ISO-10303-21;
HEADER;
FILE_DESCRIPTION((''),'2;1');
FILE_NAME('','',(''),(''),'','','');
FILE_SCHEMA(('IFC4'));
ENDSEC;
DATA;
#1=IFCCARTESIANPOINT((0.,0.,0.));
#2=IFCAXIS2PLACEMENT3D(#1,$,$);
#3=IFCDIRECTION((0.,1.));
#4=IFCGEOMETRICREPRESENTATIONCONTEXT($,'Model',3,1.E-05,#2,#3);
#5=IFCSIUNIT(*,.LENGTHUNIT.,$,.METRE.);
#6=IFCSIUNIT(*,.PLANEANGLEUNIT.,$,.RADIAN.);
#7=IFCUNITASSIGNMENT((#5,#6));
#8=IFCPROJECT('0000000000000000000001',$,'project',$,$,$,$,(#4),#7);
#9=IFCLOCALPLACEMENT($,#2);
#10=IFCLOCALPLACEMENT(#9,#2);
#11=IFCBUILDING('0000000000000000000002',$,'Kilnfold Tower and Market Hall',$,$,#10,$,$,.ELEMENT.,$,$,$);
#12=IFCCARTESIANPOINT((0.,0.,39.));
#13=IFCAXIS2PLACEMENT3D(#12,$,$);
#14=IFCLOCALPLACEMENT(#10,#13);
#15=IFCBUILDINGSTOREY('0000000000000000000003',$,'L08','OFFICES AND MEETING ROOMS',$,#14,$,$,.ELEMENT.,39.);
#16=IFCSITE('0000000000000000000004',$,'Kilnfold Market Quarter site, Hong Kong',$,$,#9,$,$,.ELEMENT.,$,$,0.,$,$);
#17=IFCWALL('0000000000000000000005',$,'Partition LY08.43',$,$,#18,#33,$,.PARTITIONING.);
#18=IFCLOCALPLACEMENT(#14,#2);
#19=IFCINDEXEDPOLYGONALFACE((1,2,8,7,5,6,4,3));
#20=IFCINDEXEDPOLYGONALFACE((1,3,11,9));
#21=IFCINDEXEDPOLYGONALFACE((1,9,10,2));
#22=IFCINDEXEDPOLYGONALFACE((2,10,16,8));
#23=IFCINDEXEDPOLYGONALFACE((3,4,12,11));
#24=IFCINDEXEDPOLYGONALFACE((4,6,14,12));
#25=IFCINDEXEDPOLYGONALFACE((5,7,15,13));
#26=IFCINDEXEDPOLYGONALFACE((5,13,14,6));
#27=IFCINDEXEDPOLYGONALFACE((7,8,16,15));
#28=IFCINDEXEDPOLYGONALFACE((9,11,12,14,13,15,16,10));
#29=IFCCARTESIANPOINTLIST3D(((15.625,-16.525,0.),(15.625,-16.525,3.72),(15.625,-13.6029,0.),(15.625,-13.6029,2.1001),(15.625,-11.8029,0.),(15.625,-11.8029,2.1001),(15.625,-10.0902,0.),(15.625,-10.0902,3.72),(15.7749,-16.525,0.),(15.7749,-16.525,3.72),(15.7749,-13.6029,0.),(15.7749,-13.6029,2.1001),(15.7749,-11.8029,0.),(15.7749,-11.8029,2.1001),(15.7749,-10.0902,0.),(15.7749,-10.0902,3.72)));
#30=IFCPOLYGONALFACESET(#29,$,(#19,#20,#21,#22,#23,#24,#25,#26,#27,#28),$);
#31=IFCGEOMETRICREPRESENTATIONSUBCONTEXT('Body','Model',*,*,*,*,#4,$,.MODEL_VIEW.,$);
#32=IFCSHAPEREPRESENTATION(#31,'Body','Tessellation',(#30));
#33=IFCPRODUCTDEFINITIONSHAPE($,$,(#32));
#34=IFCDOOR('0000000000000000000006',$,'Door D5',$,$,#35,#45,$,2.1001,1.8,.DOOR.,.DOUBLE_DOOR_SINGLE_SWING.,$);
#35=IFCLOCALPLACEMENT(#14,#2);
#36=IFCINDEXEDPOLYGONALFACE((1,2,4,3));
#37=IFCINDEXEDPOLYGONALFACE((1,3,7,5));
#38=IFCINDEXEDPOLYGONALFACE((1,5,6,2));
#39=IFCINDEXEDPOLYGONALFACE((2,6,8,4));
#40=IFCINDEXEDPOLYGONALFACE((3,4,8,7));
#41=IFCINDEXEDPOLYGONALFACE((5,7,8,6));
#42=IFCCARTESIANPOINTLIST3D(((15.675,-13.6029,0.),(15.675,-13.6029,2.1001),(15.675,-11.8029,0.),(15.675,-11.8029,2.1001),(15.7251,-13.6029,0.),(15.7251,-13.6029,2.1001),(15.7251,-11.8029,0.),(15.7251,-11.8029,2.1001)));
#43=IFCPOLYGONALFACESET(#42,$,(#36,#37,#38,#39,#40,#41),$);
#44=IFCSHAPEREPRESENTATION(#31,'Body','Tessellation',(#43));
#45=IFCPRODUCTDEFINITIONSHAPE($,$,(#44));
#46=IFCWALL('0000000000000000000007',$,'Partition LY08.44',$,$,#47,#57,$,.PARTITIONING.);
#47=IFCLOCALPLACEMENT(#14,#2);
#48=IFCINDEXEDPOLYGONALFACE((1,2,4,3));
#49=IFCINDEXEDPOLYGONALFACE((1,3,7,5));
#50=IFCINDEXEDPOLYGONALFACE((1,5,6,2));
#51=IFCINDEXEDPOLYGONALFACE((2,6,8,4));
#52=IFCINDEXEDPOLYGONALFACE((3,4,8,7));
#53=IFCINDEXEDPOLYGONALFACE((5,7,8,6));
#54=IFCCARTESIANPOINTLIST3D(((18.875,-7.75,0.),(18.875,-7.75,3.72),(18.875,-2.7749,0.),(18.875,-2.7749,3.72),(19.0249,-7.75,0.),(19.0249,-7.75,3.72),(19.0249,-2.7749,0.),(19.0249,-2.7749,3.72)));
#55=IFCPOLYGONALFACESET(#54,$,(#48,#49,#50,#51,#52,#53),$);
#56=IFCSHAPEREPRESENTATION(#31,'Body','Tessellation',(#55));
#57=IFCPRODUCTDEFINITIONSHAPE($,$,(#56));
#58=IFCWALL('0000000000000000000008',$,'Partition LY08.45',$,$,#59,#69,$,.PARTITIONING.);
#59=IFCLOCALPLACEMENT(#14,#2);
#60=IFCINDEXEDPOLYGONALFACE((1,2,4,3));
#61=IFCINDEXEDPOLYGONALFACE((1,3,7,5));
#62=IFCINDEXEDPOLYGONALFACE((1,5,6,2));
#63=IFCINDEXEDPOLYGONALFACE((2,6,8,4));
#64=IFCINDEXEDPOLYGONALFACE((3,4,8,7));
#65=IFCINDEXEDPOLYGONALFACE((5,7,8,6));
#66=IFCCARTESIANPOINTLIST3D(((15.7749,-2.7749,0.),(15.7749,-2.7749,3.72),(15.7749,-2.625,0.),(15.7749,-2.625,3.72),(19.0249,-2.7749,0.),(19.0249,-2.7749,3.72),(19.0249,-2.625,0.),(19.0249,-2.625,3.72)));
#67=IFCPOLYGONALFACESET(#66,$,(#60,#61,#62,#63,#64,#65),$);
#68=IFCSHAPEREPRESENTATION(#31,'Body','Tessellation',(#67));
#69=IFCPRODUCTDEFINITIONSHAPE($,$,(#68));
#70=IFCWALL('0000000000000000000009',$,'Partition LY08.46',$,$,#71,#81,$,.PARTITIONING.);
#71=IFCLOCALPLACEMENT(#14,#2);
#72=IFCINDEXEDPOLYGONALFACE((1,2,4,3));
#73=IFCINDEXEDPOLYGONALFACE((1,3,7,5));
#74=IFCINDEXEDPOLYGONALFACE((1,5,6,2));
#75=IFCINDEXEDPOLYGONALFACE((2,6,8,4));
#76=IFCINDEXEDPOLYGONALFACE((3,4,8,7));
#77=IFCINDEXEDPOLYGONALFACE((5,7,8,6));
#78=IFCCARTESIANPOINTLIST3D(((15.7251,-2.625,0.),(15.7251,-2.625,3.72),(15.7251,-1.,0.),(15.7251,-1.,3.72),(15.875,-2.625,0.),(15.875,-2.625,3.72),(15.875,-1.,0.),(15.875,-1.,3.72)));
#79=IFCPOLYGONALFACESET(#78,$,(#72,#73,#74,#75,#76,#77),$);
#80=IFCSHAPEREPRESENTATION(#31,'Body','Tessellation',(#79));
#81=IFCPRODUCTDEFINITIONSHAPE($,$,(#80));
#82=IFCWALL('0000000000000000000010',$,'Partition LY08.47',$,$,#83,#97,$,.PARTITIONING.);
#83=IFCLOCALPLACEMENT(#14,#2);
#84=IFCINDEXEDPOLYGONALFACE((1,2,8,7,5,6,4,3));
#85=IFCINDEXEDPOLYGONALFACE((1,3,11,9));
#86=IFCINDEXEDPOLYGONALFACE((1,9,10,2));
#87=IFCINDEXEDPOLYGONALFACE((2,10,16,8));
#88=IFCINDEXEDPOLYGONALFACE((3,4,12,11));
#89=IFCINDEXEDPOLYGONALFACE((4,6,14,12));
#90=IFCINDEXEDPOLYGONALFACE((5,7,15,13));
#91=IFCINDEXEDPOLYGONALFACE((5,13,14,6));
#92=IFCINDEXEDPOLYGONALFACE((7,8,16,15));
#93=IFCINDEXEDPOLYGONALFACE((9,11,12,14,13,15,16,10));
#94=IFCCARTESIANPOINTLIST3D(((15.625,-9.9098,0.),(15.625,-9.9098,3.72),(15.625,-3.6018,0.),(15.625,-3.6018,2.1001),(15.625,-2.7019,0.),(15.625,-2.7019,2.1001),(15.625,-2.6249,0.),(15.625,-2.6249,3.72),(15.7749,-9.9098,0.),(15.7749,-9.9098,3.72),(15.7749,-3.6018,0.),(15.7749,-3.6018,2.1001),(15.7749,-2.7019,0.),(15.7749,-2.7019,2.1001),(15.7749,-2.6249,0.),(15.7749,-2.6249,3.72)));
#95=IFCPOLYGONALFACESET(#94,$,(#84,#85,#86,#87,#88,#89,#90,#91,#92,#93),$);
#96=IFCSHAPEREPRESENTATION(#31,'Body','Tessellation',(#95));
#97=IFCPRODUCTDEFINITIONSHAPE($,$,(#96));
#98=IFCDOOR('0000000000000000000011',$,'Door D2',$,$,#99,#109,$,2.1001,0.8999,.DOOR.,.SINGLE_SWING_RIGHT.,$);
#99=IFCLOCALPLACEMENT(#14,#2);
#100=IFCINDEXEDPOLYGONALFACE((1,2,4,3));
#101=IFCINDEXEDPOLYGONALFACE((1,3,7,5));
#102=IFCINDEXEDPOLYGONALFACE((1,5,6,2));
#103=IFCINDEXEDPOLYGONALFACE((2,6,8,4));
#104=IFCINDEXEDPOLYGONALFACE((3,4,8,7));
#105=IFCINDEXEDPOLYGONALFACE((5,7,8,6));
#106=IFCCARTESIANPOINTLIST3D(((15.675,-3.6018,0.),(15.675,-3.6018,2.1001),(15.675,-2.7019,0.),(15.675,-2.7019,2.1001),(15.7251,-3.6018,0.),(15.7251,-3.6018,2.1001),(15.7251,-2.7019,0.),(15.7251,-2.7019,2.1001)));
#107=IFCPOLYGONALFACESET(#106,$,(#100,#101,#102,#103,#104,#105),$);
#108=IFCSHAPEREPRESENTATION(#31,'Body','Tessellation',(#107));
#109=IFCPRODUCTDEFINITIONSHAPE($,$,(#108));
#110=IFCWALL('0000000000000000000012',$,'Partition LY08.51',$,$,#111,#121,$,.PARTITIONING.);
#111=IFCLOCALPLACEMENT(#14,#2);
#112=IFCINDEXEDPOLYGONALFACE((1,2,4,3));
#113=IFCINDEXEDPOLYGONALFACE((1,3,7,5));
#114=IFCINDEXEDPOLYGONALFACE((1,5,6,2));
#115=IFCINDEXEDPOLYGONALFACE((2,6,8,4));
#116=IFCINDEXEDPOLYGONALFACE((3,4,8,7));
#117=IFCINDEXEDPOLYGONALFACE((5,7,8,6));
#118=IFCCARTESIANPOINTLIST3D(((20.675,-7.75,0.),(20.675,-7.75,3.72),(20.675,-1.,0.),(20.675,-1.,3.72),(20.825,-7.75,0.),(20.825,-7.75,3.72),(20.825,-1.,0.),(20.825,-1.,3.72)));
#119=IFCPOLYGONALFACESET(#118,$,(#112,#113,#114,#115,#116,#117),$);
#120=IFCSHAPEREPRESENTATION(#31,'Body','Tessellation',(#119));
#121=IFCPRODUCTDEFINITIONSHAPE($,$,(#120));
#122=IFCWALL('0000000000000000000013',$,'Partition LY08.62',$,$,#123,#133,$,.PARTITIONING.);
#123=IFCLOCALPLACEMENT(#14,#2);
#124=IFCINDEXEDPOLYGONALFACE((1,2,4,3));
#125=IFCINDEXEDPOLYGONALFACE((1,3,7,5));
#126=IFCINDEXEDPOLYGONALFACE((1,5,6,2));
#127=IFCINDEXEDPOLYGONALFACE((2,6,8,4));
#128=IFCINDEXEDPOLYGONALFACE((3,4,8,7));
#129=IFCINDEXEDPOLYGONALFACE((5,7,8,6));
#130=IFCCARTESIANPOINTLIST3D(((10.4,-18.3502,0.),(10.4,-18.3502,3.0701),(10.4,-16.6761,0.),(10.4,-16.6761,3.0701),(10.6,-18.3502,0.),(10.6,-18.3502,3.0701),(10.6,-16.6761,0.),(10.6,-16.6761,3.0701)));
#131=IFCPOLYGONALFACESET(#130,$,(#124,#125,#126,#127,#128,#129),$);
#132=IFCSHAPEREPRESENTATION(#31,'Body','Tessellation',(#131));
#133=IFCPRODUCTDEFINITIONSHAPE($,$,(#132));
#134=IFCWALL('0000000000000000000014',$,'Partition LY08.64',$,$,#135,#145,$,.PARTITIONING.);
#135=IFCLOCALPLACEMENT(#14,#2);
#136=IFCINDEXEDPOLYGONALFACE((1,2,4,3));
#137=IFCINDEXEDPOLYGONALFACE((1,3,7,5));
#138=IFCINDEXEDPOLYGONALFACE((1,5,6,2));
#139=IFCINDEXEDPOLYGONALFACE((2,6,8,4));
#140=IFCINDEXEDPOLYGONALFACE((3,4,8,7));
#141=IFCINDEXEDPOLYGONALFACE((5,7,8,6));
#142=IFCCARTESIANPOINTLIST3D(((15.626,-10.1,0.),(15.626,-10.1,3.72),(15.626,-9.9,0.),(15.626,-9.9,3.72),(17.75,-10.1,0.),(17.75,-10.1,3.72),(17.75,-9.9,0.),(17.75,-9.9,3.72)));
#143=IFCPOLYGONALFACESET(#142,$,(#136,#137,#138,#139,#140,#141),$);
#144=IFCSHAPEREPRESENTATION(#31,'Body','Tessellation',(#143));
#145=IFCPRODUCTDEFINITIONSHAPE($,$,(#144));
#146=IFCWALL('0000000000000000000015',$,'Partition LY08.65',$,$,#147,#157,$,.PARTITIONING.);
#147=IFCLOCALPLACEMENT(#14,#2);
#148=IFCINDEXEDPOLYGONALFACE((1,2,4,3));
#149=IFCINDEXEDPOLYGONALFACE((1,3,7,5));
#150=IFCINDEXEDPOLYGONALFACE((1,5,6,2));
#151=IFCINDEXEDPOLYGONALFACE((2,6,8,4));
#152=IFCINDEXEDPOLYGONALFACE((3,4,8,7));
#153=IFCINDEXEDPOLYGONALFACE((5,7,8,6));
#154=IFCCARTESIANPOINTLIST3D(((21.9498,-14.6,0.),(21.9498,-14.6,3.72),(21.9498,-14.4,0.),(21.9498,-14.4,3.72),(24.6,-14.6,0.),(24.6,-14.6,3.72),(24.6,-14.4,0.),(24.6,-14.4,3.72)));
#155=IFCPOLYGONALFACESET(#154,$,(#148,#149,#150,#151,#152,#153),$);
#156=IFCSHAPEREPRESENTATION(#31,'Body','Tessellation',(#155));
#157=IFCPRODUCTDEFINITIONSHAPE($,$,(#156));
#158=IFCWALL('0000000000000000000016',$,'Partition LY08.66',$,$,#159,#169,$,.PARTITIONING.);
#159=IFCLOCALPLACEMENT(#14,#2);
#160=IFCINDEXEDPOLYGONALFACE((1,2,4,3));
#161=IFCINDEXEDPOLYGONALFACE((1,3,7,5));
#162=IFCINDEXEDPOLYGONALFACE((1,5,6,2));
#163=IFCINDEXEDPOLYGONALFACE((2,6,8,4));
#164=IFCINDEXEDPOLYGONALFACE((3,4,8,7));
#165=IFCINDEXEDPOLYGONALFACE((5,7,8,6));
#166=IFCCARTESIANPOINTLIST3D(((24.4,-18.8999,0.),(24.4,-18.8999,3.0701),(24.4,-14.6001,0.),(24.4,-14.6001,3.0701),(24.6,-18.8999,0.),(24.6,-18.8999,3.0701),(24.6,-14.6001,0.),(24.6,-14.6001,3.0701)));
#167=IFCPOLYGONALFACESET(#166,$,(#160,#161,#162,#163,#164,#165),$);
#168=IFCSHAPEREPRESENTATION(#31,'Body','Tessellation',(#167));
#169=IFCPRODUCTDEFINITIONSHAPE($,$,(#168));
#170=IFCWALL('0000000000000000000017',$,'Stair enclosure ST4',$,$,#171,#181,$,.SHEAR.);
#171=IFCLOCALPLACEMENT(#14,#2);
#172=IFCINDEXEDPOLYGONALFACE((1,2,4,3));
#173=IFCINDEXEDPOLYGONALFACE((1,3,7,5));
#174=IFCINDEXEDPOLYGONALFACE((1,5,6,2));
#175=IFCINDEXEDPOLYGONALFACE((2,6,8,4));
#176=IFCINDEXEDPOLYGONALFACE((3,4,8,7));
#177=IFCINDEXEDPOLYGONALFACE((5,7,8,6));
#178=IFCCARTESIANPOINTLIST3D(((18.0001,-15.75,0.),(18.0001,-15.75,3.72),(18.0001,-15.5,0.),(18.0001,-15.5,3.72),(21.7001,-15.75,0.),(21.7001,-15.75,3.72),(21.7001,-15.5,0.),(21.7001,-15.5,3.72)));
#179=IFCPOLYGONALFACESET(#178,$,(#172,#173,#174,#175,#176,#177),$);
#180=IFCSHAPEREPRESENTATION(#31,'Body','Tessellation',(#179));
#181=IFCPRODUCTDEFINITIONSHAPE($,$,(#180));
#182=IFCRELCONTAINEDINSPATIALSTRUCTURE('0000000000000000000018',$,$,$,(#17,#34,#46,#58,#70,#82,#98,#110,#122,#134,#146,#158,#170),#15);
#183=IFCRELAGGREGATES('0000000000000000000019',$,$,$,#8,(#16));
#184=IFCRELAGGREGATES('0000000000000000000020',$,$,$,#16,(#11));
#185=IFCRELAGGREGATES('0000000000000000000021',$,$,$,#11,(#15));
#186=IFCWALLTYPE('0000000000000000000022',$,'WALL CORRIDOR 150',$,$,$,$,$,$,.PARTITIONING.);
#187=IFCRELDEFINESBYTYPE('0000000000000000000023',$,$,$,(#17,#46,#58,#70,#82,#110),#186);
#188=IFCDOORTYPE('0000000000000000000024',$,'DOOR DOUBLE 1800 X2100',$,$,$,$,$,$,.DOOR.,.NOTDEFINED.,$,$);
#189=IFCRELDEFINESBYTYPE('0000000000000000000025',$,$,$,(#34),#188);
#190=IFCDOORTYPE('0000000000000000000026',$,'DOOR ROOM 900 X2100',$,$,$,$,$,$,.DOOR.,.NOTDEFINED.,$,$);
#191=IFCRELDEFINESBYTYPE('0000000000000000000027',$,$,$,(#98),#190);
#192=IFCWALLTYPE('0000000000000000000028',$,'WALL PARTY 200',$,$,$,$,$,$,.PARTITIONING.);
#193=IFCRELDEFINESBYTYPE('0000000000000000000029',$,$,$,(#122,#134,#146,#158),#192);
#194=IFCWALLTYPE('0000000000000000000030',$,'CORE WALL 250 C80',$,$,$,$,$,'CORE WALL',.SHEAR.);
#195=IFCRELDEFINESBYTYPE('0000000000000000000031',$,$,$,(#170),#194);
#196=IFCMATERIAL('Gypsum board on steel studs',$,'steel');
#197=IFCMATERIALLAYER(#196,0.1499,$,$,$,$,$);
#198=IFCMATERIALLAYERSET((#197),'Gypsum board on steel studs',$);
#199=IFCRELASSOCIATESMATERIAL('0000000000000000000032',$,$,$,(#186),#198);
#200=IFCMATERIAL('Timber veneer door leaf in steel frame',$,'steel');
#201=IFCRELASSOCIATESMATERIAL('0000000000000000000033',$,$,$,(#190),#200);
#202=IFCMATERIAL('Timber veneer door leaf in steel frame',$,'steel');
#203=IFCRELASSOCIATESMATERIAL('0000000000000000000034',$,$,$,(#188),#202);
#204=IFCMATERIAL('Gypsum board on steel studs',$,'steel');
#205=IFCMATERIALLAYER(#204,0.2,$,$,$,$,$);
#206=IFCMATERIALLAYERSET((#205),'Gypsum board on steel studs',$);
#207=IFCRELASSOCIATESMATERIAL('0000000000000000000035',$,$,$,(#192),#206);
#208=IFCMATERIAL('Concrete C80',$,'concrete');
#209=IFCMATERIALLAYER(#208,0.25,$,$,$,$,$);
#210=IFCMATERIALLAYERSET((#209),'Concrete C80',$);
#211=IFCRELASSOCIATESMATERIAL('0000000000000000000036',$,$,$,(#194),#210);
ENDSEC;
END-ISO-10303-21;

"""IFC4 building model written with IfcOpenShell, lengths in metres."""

from ifc_helpers import new_model, si_unit, direction, frame, frame_2d, origin, place, context, subcontext, project, spatial, rectangle, extrude, source, transform, mapped, material, layer, layer_set, type_object, element, fill, save


model = new_model("IFC4")

# Units and contexts
model_context = context("Model", 3, precision=1e-05, world=origin(), true_north=direction((0.0, 1.0)))
body_context = subcontext(model_context, "Body", "Model", "MODEL_VIEW")
ifc_project = project(units=[si_unit("LENGTHUNIT", "METRE"), si_unit("PLANEANGLEUNIT", "RADIAN")], contexts=[model_context])

# Site, building, storey
site_placement = place(None, origin())
site = spatial("IfcSite", under=ifc_project, at=site_placement, Name="Kilnfold Market Quarter site, Hong Kong", CompositionType="ELEMENT", RefElevation=0.0)
building_placement = place(site_placement, origin())
building = spatial("IfcBuilding", under=site, at=building_placement, Name="Kilnfold Tower and Market Hall", CompositionType="ELEMENT")
storey_placement = place(building_placement, frame((0.0, 0.0, 39.0)))
storey = spatial("IfcBuildingStorey", under=building, at=storey_placement, Name="L08", Description="OFFICES AND MEETING ROOMS", CompositionType="ELEMENT", Elevation=39.0)

# Shared definitions
ifc_material_1 = material(Name="Gypsum board on steel studs", Category="steel")
ifc_layer_1 = layer(ifc_material_1, 0.1499)
ifc_layer_set_1 = layer_set([ifc_layer_1], Name="Gypsum board on steel studs")
wall_type_1 = type_object("IfcWallType", Name="WALL CORRIDOR 150", PredefinedType="PARTITIONING", material=ifc_layer_set_1)

# Wall, opening, door
ifc_material_2 = material(Name="Timber veneer door leaf in steel frame", Category="steel")
door_type_1 = type_object("IfcDoorType", Name="DOOR ROOM 900 X2100", OperationType="NOTDEFINED", PredefinedType="DOOR", material=ifc_material_2)
wall_1_placement = place(storey_placement, frame((15.7, -16.5249, 0.0), z_axis=(0.0, 0.0, 1.0), x_axis=(0.0, 1.0, 0.0)))
wall_1 = element("IfcWall", 1, at=wall_1_placement, inside=storey, type_object=wall_type_1, Name="Partition LY08.43", PredefinedType="PARTITIONING", context=body_context, shape_type="SweptSolid", body=[
    extrude(rectangle(XDim=6.4348, YDim=0.1499, at=frame_2d((3.2173, 0.0))), origin(), (0.0, 0.0, 1.0), 3.72),
])
opening_1_placement = place(wall_1_placement, frame((2.9221, 0.0, 0.0)))
opening_1 = element("IfcOpeningElement", 2, at=opening_1_placement, cuts=wall_1, PredefinedType="OPENING", context=body_context, shape_type="SweptSolid", body=[
    extrude(rectangle(XDim=1.8, YDim=2.1001, at=frame_2d((0.8999, 1.05))), frame((0.0, 0.085, 0.0), z_axis=(0.0, -1.0, 0.0), x_axis=(1.0, 0.0, 0.0)), (0.0, 0.0, 1.0), 0.1699),
])
ifc_material_3 = material(Name="Timber veneer door leaf in steel frame", Category="steel")
door_type_2 = type_object("IfcDoorType", Name="DOOR DOUBLE 1800 X2100", OperationType="NOTDEFINED", PredefinedType="DOOR", material=ifc_material_3)
door_1_placement = place(opening_1_placement, origin())
door_1 = element("IfcDoor", 3, at=door_1_placement, inside=storey, type_object=door_type_2, Name="Door D5", OperationType="DOUBLE_DOOR_SINGLE_SWING", OverallHeight=2.1001, OverallWidth=1.8, PredefinedType="DOOR", context=body_context, shape_type="SweptSolid", body=[
    extrude(rectangle(XDim=1.8, YDim=2.1001, at=frame_2d((0.8999, 1.05))), frame((0.0, 0.0249, 0.0), z_axis=(0.0, -1.0, 0.0), x_axis=(1.0, 0.0, 0.0)), (0.0, 0.0, 1.0), 0.05),
])
fill(opening_1, door_1)

# Walls
wall_2_placement = place(storey_placement, frame((18.95, -2.7749, 0.0), z_axis=(0.0, 0.0, 1.0), x_axis=(0.0, -1.0, 0.0)))
element("IfcWall", 4, at=wall_2_placement, inside=storey, type_object=wall_type_1, Name="Partition LY08.44", PredefinedType="PARTITIONING", context=body_context, shape_type="SweptSolid", body=[
    extrude(rectangle(XDim=4.9751, YDim=0.1499, at=frame_2d((2.4875, 0.0))), origin(), (0.0, 0.0, 1.0), 3.72),
])
wall_3_placement = place(storey_placement, frame((15.7749, -2.7, 0.0), z_axis=(0.0, 0.0, 1.0), x_axis=(1.0, 0.0, 0.0)))
element("IfcWall", 5, at=wall_3_placement, inside=storey, type_object=wall_type_1, Name="Partition LY08.45", PredefinedType="PARTITIONING", context=body_context, shape_type="SweptSolid", body=[
    extrude(rectangle(XDim=3.25, YDim=0.1499, at=frame_2d((1.625, 0.0))), origin(), (0.0, 0.0, 1.0), 3.72),
])
wall_4_placement = place(storey_placement, frame((15.8, -2.625, 0.0), z_axis=(0.0, 0.0, 1.0), x_axis=(0.0, 1.0, 0.0)))
element("IfcWall", 6, at=wall_4_placement, inside=storey, type_object=wall_type_1, Name="Partition LY08.46", PredefinedType="PARTITIONING", context=body_context, shape_type="SweptSolid", body=[
    extrude(rectangle(XDim=1.625, YDim=0.1499, at=frame_2d((0.8125, 0.0))), origin(), (0.0, 0.0, 1.0), 3.72),
])

# Wall, opening, door
wall_5_placement = place(storey_placement, frame((15.7, -9.9099, 0.0), z_axis=(0.0, 0.0, 1.0), x_axis=(0.0, 1.0, 0.0)))
wall_5 = element("IfcWall", 7, at=wall_5_placement, inside=storey, type_object=wall_type_1, Name="Partition LY08.47", PredefinedType="PARTITIONING", context=body_context, shape_type="SweptSolid", body=[
    extrude(rectangle(XDim=7.2849, YDim=0.1499, at=frame_2d((3.6426, 0.0))), origin(), (0.0, 0.0, 1.0), 3.72),
])
opening_2_placement = place(wall_5_placement, frame((6.3081, 0.0, 0.0)))
opening_2 = element("IfcOpeningElement", 8, at=opening_2_placement, cuts=wall_5, PredefinedType="OPENING", context=body_context, shape_type="SweptSolid", body=[
    extrude(rectangle(XDim=0.8999, YDim=2.1001, at=frame_2d((0.45, 1.05))), frame((0.0, 0.085, 0.0), z_axis=(0.0, -1.0, 0.0), x_axis=(1.0, 0.0, 0.0)), (0.0, 0.0, 1.0), 0.1699),
])
door_2_placement = place(opening_2_placement, origin())
door_2 = element("IfcDoor", 9, at=door_2_placement, inside=storey, type_object=door_type_1, Name="Door D2", OperationType="SINGLE_SWING_RIGHT", OverallHeight=2.1001, OverallWidth=0.8999, PredefinedType="DOOR", context=body_context, shape_type="SweptSolid", body=[
    extrude(rectangle(XDim=0.8999, YDim=2.1001, at=frame_2d((0.45, 1.05))), frame((0.0, 0.0249, 0.0), z_axis=(0.0, -1.0, 0.0), x_axis=(1.0, 0.0, 0.0)), (0.0, 0.0, 1.0), 0.05),
])
fill(opening_2, door_2)

# Walls
wall_6_placement = place(storey_placement, frame((20.75, -7.75, 0.0), z_axis=(0.0, 0.0, 1.0), x_axis=(0.0, 1.0, 0.0)))
element("IfcWall", 10, at=wall_6_placement, inside=storey, type_object=wall_type_1, Name="Partition LY08.51", PredefinedType="PARTITIONING", context=body_context, shape_type="SweptSolid", body=[
    extrude(rectangle(XDim=6.75, YDim=0.1499, at=frame_2d((3.375, 0.0))), origin(), (0.0, 0.0, 1.0), 3.72),
])
ifc_material_4 = material(Name="Gypsum board on steel studs", Category="steel")
ifc_layer_2 = layer(ifc_material_4, 0.2)
ifc_layer_set_2 = layer_set([ifc_layer_2], Name="Gypsum board on steel studs")
wall_type_2 = type_object("IfcWallType", Name="WALL PARTY 200", PredefinedType="PARTITIONING", material=ifc_layer_set_2)
wall_7_placement = place(storey_placement, frame((10.5, -18.3501, 0.0), z_axis=(0.0, 0.0, 1.0), x_axis=(0.0, 1.0, 0.0)))
element("IfcWall", 11, at=wall_7_placement, inside=storey, type_object=wall_type_2, Name="Partition LY08.62", PredefinedType="PARTITIONING", context=body_context, shape_type="SweptSolid", body=[
    extrude(rectangle(XDim=1.6741, YDim=0.2, at=frame_2d((0.8369, 0.0))), origin(), (0.0, 0.0, 1.0), 3.0701),
])
wall_8_placement = place(storey_placement, frame((17.75, -10.0, 0.0), z_axis=(0.0, 0.0, 1.0), x_axis=(-1.0, 0.0, 0.0)))
element("IfcWall", 12, at=wall_8_placement, inside=storey, type_object=wall_type_2, Name="Partition LY08.64", PredefinedType="PARTITIONING", context=body_context, shape_type="SweptSolid", body=[
    extrude(rectangle(XDim=2.124, YDim=0.2, at=frame_2d((1.062, 0.0))), origin(), (0.0, 0.0, 1.0), 3.72),
])
wall_9_placement = place(storey_placement, frame((24.6001, -14.5, 0.0), z_axis=(0.0, 0.0, 1.0), x_axis=(-1.0, 0.0, 0.0)))
element("IfcWall", 13, at=wall_9_placement, inside=storey, type_object=wall_type_2, Name="Partition LY08.65", PredefinedType="PARTITIONING", context=body_context, shape_type="SweptSolid", body=[
    extrude(rectangle(XDim=2.6501, YDim=0.2, at=frame_2d((1.3252, 0.0))), origin(), (0.0, 0.0, 1.0), 3.72),
])
wall_10_placement = place(storey_placement, frame((24.5, -18.8999, 0.0), z_axis=(0.0, 0.0, 1.0), x_axis=(0.0, 1.0, 0.0)))
element("IfcWall", 14, at=wall_10_placement, inside=storey, type_object=wall_type_2, Name="Partition LY08.66", PredefinedType="PARTITIONING", context=body_context, shape_type="SweptSolid", body=[
    extrude(rectangle(XDim=4.2998, YDim=0.2, at=frame_2d((2.1499, 0.0))), origin(), (0.0, 0.0, 1.0), 3.0701),
])
ifc_material_5 = material(Name="Concrete C80", Category="concrete")
ifc_layer_3 = layer(ifc_material_5, 0.25)
ifc_layer_set_3 = layer_set([ifc_layer_3], Name="Concrete C80")
wall_type_3 = type_object("IfcWallType", Name="CORE WALL 250 C80", ElementType="CORE WALL", PredefinedType="SHEAR", material=ifc_layer_set_3)
shared_shape_1 = source(origin(), body_context, "Body", "SweptSolid", [
    extrude(rectangle(XDim=3.7, YDim=0.25, at=frame_2d((1.8501, 0.0))), origin(), (0.0, 0.0, 1.0), 3.72),
])
wall_11_placement = place(storey_placement, frame((18.0, -15.625, 0.0), z_axis=(0.0, 0.0, 1.0), x_axis=(1.0, 0.0, 0.0)))
element("IfcWall", 15, at=wall_11_placement, inside=storey, type_object=wall_type_3, Name="Stair enclosure ST4", PredefinedType="SHEAR", context=body_context, shape_type="MappedRepresentation", body=[
    mapped(shared_shape_1, transform((0.0, 0.0, 0.0))),
])

save(model, "model.ifc")
